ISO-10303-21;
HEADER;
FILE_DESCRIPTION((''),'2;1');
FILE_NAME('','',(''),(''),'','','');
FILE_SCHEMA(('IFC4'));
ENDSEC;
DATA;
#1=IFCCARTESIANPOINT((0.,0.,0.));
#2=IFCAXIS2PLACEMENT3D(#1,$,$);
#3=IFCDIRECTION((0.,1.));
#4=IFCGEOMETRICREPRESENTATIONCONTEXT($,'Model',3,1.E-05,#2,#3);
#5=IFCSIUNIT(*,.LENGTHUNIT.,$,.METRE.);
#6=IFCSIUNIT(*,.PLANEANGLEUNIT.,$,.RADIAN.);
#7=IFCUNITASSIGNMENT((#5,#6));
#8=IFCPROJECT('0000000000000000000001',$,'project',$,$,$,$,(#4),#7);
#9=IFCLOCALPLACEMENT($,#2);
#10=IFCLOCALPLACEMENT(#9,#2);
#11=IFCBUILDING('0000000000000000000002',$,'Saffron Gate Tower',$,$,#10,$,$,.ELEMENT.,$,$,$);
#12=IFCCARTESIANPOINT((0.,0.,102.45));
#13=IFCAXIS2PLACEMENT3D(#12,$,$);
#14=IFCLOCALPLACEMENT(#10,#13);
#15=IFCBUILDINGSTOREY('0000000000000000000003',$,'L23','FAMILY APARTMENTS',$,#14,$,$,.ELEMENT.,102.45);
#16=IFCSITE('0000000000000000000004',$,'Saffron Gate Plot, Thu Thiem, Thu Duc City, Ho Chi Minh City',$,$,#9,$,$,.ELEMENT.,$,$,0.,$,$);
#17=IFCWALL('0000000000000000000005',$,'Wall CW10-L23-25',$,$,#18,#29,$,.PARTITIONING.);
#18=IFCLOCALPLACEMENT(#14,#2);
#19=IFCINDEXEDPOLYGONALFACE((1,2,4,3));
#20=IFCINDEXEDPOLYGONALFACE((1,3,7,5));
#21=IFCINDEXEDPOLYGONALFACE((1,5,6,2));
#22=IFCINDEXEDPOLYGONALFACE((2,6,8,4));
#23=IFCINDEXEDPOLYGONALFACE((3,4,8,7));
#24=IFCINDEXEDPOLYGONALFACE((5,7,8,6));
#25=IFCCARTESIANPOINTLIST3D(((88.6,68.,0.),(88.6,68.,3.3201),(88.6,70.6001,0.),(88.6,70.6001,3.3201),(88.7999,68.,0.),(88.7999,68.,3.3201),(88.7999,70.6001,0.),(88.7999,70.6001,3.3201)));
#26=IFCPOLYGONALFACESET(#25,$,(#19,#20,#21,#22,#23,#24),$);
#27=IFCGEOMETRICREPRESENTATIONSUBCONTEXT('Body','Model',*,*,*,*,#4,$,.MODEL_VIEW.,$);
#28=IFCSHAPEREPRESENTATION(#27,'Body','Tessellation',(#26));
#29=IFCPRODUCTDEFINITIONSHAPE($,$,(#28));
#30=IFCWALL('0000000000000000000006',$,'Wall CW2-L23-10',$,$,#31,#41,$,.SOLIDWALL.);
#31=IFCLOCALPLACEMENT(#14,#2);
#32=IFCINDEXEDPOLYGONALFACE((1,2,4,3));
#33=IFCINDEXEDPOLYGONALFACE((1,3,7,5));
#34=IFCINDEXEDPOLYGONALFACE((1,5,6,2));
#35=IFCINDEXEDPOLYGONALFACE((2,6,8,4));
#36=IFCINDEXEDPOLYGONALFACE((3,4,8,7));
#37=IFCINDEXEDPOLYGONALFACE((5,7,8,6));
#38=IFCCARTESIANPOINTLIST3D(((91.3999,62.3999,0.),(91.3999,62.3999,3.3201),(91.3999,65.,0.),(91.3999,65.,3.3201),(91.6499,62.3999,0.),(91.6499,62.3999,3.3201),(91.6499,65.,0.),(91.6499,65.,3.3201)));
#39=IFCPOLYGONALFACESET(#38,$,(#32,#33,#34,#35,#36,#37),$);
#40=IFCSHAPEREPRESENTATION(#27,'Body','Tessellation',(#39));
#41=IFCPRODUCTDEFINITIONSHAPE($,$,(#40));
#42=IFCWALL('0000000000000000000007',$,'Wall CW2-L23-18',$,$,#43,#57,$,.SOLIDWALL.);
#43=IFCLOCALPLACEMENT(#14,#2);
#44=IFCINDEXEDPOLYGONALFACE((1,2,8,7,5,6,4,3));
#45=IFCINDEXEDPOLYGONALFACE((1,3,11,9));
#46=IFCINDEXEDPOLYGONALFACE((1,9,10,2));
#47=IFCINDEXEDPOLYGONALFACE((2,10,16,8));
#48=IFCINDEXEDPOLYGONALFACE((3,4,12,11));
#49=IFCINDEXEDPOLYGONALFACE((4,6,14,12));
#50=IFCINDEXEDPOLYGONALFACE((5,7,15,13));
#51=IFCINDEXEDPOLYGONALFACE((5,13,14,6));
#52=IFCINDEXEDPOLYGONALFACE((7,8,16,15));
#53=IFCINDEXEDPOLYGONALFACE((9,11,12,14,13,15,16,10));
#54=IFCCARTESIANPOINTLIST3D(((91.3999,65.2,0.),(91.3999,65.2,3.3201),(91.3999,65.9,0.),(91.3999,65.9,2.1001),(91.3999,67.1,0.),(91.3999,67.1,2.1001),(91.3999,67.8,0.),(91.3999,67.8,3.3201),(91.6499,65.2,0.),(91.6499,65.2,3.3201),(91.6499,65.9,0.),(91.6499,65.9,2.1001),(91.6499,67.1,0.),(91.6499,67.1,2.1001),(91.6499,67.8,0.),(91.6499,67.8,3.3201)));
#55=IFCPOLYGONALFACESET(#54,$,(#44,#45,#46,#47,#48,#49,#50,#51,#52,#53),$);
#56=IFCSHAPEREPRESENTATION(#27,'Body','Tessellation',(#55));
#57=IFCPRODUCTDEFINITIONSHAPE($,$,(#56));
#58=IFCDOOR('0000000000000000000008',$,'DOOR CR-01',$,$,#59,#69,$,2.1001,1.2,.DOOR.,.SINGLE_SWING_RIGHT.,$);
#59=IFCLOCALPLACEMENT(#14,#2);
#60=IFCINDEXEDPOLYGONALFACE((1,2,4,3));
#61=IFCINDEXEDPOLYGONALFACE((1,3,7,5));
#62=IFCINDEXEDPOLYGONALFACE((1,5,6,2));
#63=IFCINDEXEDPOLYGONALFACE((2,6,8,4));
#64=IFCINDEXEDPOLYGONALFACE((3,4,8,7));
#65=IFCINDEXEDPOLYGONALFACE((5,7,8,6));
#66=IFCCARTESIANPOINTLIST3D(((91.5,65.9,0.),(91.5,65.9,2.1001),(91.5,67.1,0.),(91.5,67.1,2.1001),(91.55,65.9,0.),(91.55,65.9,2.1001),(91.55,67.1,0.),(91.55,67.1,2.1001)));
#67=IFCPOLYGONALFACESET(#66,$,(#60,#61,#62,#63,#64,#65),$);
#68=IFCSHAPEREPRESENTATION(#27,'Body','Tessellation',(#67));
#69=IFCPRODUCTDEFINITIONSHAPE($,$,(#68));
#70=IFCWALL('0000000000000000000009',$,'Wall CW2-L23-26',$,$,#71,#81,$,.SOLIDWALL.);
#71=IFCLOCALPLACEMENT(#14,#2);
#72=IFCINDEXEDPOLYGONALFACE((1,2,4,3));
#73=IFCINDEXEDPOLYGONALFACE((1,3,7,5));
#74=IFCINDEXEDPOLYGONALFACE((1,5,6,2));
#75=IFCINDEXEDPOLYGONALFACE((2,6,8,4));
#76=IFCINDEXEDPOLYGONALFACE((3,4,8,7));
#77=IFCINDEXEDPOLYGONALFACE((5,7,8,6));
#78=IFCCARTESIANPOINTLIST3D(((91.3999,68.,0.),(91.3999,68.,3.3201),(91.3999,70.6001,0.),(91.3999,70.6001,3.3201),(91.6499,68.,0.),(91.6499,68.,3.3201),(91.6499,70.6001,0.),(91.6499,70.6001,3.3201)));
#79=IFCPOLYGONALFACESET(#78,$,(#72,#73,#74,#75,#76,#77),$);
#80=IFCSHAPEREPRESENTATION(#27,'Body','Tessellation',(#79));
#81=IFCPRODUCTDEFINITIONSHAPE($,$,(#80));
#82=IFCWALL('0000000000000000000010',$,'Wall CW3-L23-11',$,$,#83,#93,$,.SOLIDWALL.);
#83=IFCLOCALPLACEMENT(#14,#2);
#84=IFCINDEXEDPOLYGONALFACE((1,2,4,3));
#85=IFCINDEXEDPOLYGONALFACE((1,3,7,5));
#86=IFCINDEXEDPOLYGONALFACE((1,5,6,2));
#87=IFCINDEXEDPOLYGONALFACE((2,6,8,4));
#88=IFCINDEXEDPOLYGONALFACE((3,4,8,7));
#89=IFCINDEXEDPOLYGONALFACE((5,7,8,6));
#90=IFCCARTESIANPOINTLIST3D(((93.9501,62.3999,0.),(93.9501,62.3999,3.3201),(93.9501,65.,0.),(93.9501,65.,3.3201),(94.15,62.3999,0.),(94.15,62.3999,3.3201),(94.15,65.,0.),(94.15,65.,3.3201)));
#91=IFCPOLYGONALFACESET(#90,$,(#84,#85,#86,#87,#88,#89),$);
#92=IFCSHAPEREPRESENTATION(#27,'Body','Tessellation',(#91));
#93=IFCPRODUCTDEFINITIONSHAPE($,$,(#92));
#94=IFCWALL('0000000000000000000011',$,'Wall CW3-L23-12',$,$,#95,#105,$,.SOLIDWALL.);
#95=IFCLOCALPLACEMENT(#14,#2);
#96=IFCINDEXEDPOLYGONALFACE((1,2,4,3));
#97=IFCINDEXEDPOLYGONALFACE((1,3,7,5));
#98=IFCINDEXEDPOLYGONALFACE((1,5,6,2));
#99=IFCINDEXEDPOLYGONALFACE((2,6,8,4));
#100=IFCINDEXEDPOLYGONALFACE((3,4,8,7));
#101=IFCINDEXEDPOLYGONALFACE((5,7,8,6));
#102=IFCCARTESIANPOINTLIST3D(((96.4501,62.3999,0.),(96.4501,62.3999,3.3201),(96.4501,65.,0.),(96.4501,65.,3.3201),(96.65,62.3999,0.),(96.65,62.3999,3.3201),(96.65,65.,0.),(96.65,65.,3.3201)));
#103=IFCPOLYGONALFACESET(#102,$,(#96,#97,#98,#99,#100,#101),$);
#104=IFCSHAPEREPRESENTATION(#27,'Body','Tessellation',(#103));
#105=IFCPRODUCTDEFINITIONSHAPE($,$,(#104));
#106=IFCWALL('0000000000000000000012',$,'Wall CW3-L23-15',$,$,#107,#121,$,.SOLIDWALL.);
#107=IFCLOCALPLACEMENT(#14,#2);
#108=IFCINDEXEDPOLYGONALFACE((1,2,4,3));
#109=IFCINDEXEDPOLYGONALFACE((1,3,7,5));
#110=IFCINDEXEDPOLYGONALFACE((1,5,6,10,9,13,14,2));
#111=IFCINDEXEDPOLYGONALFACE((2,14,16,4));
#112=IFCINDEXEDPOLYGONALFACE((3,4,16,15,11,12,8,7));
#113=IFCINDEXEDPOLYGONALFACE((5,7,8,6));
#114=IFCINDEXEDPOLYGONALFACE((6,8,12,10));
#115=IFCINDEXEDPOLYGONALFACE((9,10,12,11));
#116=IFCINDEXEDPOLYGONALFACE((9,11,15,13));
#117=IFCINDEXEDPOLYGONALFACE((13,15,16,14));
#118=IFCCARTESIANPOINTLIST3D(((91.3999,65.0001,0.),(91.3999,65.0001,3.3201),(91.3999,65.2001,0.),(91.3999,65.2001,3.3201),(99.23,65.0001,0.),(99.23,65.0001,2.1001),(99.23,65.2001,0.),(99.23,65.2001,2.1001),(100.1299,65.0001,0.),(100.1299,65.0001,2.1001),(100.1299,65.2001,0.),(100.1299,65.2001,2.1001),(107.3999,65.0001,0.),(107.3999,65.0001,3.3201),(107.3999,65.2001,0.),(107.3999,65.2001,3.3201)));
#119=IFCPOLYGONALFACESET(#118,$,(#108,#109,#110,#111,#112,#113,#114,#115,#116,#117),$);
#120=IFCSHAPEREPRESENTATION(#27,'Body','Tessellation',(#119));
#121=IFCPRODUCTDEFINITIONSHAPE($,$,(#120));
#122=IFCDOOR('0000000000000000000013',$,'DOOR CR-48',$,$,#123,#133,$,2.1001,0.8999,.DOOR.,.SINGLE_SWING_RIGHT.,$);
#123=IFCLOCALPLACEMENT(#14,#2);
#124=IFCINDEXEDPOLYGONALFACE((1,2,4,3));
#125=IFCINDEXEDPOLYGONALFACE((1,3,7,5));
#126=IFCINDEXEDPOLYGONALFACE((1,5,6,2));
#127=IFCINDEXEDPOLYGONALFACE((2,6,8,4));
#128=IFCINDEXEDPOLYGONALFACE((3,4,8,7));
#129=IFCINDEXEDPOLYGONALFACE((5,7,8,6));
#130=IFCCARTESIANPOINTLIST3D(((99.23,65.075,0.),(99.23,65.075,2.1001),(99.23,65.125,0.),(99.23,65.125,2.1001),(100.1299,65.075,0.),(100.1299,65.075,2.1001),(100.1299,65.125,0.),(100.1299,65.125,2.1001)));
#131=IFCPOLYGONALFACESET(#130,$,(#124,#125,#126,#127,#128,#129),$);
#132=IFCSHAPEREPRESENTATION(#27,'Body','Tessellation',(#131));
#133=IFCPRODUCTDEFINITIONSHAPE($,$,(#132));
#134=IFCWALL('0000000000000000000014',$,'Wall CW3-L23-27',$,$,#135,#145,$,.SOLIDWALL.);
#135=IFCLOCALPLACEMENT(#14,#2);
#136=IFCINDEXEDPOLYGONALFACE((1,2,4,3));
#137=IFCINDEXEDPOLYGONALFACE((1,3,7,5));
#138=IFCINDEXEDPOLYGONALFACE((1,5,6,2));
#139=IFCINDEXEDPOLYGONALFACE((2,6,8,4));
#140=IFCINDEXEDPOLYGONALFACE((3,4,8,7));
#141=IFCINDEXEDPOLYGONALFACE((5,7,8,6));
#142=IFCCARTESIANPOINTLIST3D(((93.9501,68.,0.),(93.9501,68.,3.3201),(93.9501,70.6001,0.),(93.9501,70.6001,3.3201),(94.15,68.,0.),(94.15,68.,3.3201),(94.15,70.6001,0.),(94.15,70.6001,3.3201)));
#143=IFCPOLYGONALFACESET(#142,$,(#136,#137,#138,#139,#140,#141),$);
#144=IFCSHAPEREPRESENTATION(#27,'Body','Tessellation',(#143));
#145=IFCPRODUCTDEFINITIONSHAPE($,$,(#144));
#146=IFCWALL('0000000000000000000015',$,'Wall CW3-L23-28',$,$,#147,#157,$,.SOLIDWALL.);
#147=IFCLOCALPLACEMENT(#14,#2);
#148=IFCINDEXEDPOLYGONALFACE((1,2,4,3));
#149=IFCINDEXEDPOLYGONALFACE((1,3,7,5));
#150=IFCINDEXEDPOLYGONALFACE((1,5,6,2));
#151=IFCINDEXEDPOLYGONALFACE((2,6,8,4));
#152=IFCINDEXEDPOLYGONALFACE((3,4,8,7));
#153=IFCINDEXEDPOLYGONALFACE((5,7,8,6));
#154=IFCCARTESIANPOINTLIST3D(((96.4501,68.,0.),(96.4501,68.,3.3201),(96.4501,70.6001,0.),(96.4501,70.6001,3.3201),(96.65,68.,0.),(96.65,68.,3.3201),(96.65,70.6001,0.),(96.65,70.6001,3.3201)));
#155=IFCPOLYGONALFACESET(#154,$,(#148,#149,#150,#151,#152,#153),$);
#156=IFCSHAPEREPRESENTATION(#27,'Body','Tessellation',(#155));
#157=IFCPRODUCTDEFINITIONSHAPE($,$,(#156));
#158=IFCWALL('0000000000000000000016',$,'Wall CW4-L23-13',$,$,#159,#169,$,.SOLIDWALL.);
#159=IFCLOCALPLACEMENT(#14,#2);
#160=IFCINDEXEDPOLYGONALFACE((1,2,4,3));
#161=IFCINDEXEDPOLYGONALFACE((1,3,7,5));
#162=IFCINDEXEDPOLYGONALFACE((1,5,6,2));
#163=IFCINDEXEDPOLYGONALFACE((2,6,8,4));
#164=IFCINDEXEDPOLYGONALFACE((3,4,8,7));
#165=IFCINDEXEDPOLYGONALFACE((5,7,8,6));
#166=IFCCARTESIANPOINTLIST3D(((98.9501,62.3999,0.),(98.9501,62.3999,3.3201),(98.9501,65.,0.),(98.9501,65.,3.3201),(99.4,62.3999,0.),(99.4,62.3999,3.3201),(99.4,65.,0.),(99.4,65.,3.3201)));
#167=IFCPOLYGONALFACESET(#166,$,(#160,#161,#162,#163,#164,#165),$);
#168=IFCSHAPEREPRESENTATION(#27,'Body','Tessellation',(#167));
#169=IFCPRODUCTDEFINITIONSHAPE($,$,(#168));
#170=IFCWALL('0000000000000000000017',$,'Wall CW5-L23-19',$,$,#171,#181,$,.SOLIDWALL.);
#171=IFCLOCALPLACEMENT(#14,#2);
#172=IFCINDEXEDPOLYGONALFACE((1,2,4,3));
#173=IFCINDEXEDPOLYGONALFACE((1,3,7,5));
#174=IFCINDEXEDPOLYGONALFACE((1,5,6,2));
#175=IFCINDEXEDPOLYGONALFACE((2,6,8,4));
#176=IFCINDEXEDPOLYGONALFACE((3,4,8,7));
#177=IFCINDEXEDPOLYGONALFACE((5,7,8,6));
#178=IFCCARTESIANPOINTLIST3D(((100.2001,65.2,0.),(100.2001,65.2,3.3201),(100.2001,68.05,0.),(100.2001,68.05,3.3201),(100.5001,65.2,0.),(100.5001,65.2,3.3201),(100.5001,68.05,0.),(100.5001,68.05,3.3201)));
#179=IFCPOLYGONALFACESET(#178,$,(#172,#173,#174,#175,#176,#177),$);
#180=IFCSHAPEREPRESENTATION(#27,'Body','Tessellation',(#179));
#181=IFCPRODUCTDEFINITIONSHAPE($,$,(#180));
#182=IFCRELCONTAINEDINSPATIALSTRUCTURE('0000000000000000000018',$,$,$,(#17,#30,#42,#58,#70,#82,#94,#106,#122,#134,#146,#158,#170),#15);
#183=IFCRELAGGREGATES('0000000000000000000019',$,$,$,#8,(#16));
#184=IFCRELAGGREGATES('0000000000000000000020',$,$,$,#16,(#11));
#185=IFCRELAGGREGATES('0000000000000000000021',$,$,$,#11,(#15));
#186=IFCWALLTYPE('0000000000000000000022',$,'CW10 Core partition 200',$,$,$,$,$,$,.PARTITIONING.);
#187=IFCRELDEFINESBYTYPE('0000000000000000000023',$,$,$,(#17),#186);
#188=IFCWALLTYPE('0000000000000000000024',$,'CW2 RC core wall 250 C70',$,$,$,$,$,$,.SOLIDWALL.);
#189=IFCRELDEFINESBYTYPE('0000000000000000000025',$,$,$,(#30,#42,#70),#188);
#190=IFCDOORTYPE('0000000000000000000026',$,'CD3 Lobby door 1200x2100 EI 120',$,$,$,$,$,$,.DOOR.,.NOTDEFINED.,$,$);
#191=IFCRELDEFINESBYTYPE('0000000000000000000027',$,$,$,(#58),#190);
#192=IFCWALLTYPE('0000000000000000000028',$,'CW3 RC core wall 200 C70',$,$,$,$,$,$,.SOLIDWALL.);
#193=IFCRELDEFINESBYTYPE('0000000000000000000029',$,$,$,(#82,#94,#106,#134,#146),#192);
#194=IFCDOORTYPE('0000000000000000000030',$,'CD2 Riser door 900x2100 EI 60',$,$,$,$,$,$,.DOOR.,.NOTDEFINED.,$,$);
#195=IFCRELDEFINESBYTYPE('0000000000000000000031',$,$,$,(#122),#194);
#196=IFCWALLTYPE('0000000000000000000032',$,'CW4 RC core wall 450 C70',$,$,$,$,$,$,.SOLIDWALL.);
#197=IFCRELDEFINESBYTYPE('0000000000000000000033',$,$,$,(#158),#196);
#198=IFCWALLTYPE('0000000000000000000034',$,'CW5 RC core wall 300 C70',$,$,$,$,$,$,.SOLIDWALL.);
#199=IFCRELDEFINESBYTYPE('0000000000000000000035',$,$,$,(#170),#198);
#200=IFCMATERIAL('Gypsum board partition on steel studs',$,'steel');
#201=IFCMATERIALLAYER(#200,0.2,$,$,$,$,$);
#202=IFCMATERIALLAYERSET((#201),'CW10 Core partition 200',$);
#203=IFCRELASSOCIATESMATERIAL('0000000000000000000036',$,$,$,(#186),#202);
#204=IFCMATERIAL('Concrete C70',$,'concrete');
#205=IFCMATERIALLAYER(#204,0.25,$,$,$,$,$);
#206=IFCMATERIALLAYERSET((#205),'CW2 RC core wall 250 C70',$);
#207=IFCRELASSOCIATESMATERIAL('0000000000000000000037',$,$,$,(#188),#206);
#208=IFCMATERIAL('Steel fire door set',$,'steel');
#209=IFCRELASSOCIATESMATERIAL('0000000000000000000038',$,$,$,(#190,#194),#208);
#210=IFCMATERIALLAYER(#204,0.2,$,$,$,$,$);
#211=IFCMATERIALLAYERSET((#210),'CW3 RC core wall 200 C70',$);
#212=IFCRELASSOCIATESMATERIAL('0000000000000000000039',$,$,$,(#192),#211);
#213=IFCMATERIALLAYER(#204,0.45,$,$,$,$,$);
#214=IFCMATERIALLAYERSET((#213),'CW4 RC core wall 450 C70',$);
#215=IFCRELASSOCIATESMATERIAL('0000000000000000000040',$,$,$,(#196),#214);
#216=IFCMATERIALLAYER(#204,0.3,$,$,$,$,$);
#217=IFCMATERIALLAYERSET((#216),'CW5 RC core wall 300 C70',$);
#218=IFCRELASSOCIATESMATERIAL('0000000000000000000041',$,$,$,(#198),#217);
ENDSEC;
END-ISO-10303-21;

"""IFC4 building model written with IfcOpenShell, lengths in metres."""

from ifc_helpers import new_model, si_unit, direction, frame, frame_2d, origin, place, context, subcontext, project, spatial, rectangle, extrude, material, layer, layer_set, type_object, element, fill, save


model = new_model("IFC4")

# Units and contexts
model_context = context("Model", 3, precision=1e-05, world=origin(), true_north=direction((0.0, 1.0)))
body_context = subcontext(model_context, "Body", "Model", "MODEL_VIEW")
ifc_project = project(units=[si_unit("LENGTHUNIT", "METRE"), si_unit("PLANEANGLEUNIT", "RADIAN")], contexts=[model_context])

# Site, building, storey
site_placement = place(None, origin())
site = spatial("IfcSite", under=ifc_project, at=site_placement, Name="Saffron Gate Plot, Thu Thiem, Thu Duc City, Ho Chi Minh City", CompositionType="ELEMENT", RefElevation=0.0)
building_placement = place(site_placement, origin())
building = spatial("IfcBuilding", under=site, at=building_placement, Name="Saffron Gate Tower", CompositionType="ELEMENT")
storey_placement = place(building_placement, frame((0.0, 0.0, 102.45)))
storey = spatial("IfcBuildingStorey", under=building, at=storey_placement, Name="L23", Description="FAMILY APARTMENTS", CompositionType="ELEMENT", Elevation=102.45)

# Walls
ifc_material_1 = material(Name="Gypsum board partition on steel studs", Category="steel")
ifc_layer_1 = layer(ifc_material_1, 0.2)
ifc_layer_set_1 = layer_set([ifc_layer_1], Name="CW10 Core partition 200")
wall_type_1 = type_object("IfcWallType", Name="CW10 Core partition 200", PredefinedType="PARTITIONING", material=ifc_layer_set_1)
wall_1_placement = place(storey_placement, frame((88.7, 68.0, 0.0), z_axis=(0.0, 0.0, 1.0), x_axis=(0.0, 1.0, 0.0)))
element("IfcWall", 1, at=wall_1_placement, inside=storey, type_object=wall_type_1, Name="Wall CW10-L23-25", PredefinedType="PARTITIONING", context=body_context, shape_type="SweptSolid", body=[
    extrude(rectangle(XDim=2.6001, YDim=0.2, at=frame_2d((1.3, 0.0))), origin(), (0.0, 0.0, 1.0), 3.3201),
])
ifc_material_2 = material(Name="Concrete C70", Category="concrete")
ifc_layer_2 = layer(ifc_material_2, 0.25)
ifc_layer_set_2 = layer_set([ifc_layer_2], Name="CW2 RC core wall 250 C70")
wall_type_2 = type_object("IfcWallType", Name="CW2 RC core wall 250 C70", PredefinedType="SOLIDWALL", material=ifc_layer_set_2)
wall_2_placement = place(storey_placement, frame((91.5249, 62.3999, 0.0), z_axis=(0.0, 0.0, 1.0), x_axis=(0.0, 1.0, 0.0)))
element("IfcWall", 2, at=wall_2_placement, inside=storey, type_object=wall_type_2, Name="Wall CW2-L23-10", PredefinedType="SOLIDWALL", context=body_context, shape_type="SweptSolid", body=[
    extrude(rectangle(XDim=2.6001, YDim=0.25, at=frame_2d((1.3, 0.0))), origin(), (0.0, 0.0, 1.0), 3.3201),
])

# Wall, opening, door
wall_3_placement = place(storey_placement, frame((91.5249, 65.2, 0.0), z_axis=(0.0, 0.0, 1.0), x_axis=(0.0, 1.0, 0.0)))
wall_3 = element("IfcWall", 3, at=wall_3_placement, inside=storey, type_object=wall_type_2, Name="Wall CW2-L23-18", PredefinedType="SOLIDWALL", context=body_context, shape_type="SweptSolid", body=[
    extrude(rectangle(XDim=2.6001, YDim=0.25, at=frame_2d((1.3, 0.0))), origin(), (0.0, 0.0, 1.0), 3.3201),
])
opening_1_placement = place(wall_3_placement, frame((0.7, 0.0, 0.0)))
opening_1 = element("IfcOpeningElement", 4, at=opening_1_placement, cuts=wall_3, PredefinedType="OPENING", context=body_context, shape_type="SweptSolid", body=[
    extrude(rectangle(XDim=1.2, YDim=2.1001, at=frame_2d((0.6001, 1.05))), frame((0.0, 0.135, 0.0), z_axis=(0.0, -1.0, 0.0), x_axis=(1.0, 0.0, 0.0)), (0.0, 0.0, 1.0), 0.27),
])
ifc_material_3 = material(Name="Steel fire door set", Category="steel")
door_type_1 = type_object("IfcDoorType", Name="CD3 Lobby door 1200x2100 EI 120", OperationType="NOTDEFINED", PredefinedType="DOOR", material=ifc_material_3)
door_1_placement = place(opening_1_placement, origin())
door_1 = element("IfcDoor", 5, at=door_1_placement, inside=storey, type_object=door_type_1, Name="DOOR CR-01", OperationType="SINGLE_SWING_RIGHT", OverallHeight=2.1001, OverallWidth=1.2, PredefinedType="DOOR", context=body_context, shape_type="SweptSolid", body=[
    extrude(rectangle(XDim=1.2, YDim=2.1001, at=frame_2d((0.6001, 1.05))), frame((0.0, 0.0249, 0.0), z_axis=(0.0, -1.0, 0.0), x_axis=(1.0, 0.0, 0.0)), (0.0, 0.0, 1.0), 0.05),
])
fill(opening_1, door_1)

# Walls
wall_4_placement = place(storey_placement, frame((91.5249, 68.0, 0.0), z_axis=(0.0, 0.0, 1.0), x_axis=(0.0, 1.0, 0.0)))
element("IfcWall", 6, at=wall_4_placement, inside=storey, type_object=wall_type_2, Name="Wall CW2-L23-26", PredefinedType="SOLIDWALL", context=body_context, shape_type="SweptSolid", body=[
    extrude(rectangle(XDim=2.6001, YDim=0.25, at=frame_2d((1.3, 0.0))), origin(), (0.0, 0.0, 1.0), 3.3201),
])
ifc_layer_3 = layer(ifc_material_2, 0.2)
ifc_layer_set_3 = layer_set([ifc_layer_3], Name="CW3 RC core wall 200 C70")
wall_type_3 = type_object("IfcWallType", Name="CW3 RC core wall 200 C70", PredefinedType="SOLIDWALL", material=ifc_layer_set_3)
for number, where, z_axis, x_axis, name in (
    (7, (94.05, 62.3999, 0.0), (0.0, 0.0, 1.0), (0.0, 1.0, 0.0), "Wall CW3-L23-11"),
    (8, (96.55, 62.3999, 0.0), (0.0, 0.0, 1.0), (0.0, 1.0, 0.0), "Wall CW3-L23-12"),
):
    element("IfcWall", number, at=place(storey_placement, frame(where, z_axis=z_axis, x_axis=x_axis)), inside=storey, type_object=wall_type_3, Name=name, PredefinedType="SOLIDWALL", context=body_context, shape_type="SweptSolid", body=[
        extrude(rectangle(XDim=2.6001, YDim=0.2, at=frame_2d((1.3, 0.0))), origin(), (0.0, 0.0, 1.0), 3.3201),
    ])

# Wall, opening, door
wall_5_placement = place(storey_placement, frame((91.3999, 65.1001, 0.0), z_axis=(0.0, 0.0, 1.0), x_axis=(1.0, 0.0, 0.0)))
wall_5 = element("IfcWall", 9, at=wall_5_placement, inside=storey, type_object=wall_type_3, Name="Wall CW3-L23-15", PredefinedType="SOLIDWALL", context=body_context, shape_type="SweptSolid", body=[
    extrude(rectangle(XDim=16.0, YDim=0.2, at=frame_2d((8.0, 0.0))), origin(), (0.0, 0.0, 1.0), 3.3201),
])
opening_2_placement = place(wall_5_placement, frame((7.8301, 0.0, 0.0)))
opening_2 = element("IfcOpeningElement", 10, at=opening_2_placement, cuts=wall_5, PredefinedType="OPENING", context=body_context, shape_type="SweptSolid", body=[
    extrude(rectangle(XDim=0.8999, YDim=2.1001, at=frame_2d((0.45, 1.05))), frame((0.0, 0.1099, 0.0), z_axis=(0.0, -1.0, 0.0), x_axis=(1.0, 0.0, 0.0)), (0.0, 0.0, 1.0), 0.22),
])
door_type_2 = type_object("IfcDoorType", Name="CD2 Riser door 900x2100 EI 60", OperationType="NOTDEFINED", PredefinedType="DOOR", material=ifc_material_3)
door_2_placement = place(opening_2_placement, origin())
door_2 = element("IfcDoor", 11, at=door_2_placement, inside=storey, type_object=door_type_2, Name="DOOR CR-48", OperationType="SINGLE_SWING_RIGHT", OverallHeight=2.1001, OverallWidth=0.8999, PredefinedType="DOOR", context=body_context, shape_type="SweptSolid", body=[
    extrude(rectangle(XDim=0.8999, YDim=2.1001, at=frame_2d((0.45, 1.05))), frame((0.0, 0.0249, 0.0), z_axis=(0.0, -1.0, 0.0), x_axis=(1.0, 0.0, 0.0)), (0.0, 0.0, 1.0), 0.05),
])
fill(opening_2, door_2)

# Walls
for number, where, z_axis, x_axis, name in (
    (12, (94.05, 68.0, 0.0), (0.0, 0.0, 1.0), (0.0, 1.0, 0.0), "Wall CW3-L23-27"),
    (13, (96.55, 68.0, 0.0), (0.0, 0.0, 1.0), (0.0, 1.0, 0.0), "Wall CW3-L23-28"),
):
    element("IfcWall", number, at=place(storey_placement, frame(where, z_axis=z_axis, x_axis=x_axis)), inside=storey, type_object=wall_type_3, Name=name, PredefinedType="SOLIDWALL", context=body_context, shape_type="SweptSolid", body=[
        extrude(rectangle(XDim=2.6001, YDim=0.2, at=frame_2d((1.3, 0.0))), origin(), (0.0, 0.0, 1.0), 3.3201),
    ])
ifc_layer_4 = layer(ifc_material_2, 0.45)
ifc_layer_set_4 = layer_set([ifc_layer_4], Name="CW4 RC core wall 450 C70")
wall_type_4 = type_object("IfcWallType", Name="CW4 RC core wall 450 C70", PredefinedType="SOLIDWALL", material=ifc_layer_set_4)
wall_6_placement = place(storey_placement, frame((99.175, 62.3999, 0.0), z_axis=(0.0, 0.0, 1.0), x_axis=(0.0, 1.0, 0.0)))
element("IfcWall", 14, at=wall_6_placement, inside=storey, type_object=wall_type_4, Name="Wall CW4-L23-13", PredefinedType="SOLIDWALL", context=body_context, shape_type="SweptSolid", body=[
    extrude(rectangle(XDim=2.6001, YDim=0.45, at=frame_2d((1.3, 0.0))), origin(), (0.0, 0.0, 1.0), 3.3201),
])
ifc_layer_5 = layer(ifc_material_2, 0.3)
ifc_layer_set_5 = layer_set([ifc_layer_5], Name="CW5 RC core wall 300 C70")
wall_type_5 = type_object("IfcWallType", Name="CW5 RC core wall 300 C70", PredefinedType="SOLIDWALL", material=ifc_layer_set_5)
wall_7_placement = place(storey_placement, frame((100.3501, 65.2, 0.0), z_axis=(0.0, 0.0, 1.0), x_axis=(0.0, 1.0, 0.0)))
element("IfcWall", 15, at=wall_7_placement, inside=storey, type_object=wall_type_5, Name="Wall CW5-L23-19", PredefinedType="SOLIDWALL", context=body_context, shape_type="SweptSolid", body=[
    extrude(rectangle(XDim=2.8501, YDim=0.3, at=frame_2d((1.425, 0.0))), origin(), (0.0, 0.0, 1.0), 3.3201),
])

save(model, "model.ifc")
